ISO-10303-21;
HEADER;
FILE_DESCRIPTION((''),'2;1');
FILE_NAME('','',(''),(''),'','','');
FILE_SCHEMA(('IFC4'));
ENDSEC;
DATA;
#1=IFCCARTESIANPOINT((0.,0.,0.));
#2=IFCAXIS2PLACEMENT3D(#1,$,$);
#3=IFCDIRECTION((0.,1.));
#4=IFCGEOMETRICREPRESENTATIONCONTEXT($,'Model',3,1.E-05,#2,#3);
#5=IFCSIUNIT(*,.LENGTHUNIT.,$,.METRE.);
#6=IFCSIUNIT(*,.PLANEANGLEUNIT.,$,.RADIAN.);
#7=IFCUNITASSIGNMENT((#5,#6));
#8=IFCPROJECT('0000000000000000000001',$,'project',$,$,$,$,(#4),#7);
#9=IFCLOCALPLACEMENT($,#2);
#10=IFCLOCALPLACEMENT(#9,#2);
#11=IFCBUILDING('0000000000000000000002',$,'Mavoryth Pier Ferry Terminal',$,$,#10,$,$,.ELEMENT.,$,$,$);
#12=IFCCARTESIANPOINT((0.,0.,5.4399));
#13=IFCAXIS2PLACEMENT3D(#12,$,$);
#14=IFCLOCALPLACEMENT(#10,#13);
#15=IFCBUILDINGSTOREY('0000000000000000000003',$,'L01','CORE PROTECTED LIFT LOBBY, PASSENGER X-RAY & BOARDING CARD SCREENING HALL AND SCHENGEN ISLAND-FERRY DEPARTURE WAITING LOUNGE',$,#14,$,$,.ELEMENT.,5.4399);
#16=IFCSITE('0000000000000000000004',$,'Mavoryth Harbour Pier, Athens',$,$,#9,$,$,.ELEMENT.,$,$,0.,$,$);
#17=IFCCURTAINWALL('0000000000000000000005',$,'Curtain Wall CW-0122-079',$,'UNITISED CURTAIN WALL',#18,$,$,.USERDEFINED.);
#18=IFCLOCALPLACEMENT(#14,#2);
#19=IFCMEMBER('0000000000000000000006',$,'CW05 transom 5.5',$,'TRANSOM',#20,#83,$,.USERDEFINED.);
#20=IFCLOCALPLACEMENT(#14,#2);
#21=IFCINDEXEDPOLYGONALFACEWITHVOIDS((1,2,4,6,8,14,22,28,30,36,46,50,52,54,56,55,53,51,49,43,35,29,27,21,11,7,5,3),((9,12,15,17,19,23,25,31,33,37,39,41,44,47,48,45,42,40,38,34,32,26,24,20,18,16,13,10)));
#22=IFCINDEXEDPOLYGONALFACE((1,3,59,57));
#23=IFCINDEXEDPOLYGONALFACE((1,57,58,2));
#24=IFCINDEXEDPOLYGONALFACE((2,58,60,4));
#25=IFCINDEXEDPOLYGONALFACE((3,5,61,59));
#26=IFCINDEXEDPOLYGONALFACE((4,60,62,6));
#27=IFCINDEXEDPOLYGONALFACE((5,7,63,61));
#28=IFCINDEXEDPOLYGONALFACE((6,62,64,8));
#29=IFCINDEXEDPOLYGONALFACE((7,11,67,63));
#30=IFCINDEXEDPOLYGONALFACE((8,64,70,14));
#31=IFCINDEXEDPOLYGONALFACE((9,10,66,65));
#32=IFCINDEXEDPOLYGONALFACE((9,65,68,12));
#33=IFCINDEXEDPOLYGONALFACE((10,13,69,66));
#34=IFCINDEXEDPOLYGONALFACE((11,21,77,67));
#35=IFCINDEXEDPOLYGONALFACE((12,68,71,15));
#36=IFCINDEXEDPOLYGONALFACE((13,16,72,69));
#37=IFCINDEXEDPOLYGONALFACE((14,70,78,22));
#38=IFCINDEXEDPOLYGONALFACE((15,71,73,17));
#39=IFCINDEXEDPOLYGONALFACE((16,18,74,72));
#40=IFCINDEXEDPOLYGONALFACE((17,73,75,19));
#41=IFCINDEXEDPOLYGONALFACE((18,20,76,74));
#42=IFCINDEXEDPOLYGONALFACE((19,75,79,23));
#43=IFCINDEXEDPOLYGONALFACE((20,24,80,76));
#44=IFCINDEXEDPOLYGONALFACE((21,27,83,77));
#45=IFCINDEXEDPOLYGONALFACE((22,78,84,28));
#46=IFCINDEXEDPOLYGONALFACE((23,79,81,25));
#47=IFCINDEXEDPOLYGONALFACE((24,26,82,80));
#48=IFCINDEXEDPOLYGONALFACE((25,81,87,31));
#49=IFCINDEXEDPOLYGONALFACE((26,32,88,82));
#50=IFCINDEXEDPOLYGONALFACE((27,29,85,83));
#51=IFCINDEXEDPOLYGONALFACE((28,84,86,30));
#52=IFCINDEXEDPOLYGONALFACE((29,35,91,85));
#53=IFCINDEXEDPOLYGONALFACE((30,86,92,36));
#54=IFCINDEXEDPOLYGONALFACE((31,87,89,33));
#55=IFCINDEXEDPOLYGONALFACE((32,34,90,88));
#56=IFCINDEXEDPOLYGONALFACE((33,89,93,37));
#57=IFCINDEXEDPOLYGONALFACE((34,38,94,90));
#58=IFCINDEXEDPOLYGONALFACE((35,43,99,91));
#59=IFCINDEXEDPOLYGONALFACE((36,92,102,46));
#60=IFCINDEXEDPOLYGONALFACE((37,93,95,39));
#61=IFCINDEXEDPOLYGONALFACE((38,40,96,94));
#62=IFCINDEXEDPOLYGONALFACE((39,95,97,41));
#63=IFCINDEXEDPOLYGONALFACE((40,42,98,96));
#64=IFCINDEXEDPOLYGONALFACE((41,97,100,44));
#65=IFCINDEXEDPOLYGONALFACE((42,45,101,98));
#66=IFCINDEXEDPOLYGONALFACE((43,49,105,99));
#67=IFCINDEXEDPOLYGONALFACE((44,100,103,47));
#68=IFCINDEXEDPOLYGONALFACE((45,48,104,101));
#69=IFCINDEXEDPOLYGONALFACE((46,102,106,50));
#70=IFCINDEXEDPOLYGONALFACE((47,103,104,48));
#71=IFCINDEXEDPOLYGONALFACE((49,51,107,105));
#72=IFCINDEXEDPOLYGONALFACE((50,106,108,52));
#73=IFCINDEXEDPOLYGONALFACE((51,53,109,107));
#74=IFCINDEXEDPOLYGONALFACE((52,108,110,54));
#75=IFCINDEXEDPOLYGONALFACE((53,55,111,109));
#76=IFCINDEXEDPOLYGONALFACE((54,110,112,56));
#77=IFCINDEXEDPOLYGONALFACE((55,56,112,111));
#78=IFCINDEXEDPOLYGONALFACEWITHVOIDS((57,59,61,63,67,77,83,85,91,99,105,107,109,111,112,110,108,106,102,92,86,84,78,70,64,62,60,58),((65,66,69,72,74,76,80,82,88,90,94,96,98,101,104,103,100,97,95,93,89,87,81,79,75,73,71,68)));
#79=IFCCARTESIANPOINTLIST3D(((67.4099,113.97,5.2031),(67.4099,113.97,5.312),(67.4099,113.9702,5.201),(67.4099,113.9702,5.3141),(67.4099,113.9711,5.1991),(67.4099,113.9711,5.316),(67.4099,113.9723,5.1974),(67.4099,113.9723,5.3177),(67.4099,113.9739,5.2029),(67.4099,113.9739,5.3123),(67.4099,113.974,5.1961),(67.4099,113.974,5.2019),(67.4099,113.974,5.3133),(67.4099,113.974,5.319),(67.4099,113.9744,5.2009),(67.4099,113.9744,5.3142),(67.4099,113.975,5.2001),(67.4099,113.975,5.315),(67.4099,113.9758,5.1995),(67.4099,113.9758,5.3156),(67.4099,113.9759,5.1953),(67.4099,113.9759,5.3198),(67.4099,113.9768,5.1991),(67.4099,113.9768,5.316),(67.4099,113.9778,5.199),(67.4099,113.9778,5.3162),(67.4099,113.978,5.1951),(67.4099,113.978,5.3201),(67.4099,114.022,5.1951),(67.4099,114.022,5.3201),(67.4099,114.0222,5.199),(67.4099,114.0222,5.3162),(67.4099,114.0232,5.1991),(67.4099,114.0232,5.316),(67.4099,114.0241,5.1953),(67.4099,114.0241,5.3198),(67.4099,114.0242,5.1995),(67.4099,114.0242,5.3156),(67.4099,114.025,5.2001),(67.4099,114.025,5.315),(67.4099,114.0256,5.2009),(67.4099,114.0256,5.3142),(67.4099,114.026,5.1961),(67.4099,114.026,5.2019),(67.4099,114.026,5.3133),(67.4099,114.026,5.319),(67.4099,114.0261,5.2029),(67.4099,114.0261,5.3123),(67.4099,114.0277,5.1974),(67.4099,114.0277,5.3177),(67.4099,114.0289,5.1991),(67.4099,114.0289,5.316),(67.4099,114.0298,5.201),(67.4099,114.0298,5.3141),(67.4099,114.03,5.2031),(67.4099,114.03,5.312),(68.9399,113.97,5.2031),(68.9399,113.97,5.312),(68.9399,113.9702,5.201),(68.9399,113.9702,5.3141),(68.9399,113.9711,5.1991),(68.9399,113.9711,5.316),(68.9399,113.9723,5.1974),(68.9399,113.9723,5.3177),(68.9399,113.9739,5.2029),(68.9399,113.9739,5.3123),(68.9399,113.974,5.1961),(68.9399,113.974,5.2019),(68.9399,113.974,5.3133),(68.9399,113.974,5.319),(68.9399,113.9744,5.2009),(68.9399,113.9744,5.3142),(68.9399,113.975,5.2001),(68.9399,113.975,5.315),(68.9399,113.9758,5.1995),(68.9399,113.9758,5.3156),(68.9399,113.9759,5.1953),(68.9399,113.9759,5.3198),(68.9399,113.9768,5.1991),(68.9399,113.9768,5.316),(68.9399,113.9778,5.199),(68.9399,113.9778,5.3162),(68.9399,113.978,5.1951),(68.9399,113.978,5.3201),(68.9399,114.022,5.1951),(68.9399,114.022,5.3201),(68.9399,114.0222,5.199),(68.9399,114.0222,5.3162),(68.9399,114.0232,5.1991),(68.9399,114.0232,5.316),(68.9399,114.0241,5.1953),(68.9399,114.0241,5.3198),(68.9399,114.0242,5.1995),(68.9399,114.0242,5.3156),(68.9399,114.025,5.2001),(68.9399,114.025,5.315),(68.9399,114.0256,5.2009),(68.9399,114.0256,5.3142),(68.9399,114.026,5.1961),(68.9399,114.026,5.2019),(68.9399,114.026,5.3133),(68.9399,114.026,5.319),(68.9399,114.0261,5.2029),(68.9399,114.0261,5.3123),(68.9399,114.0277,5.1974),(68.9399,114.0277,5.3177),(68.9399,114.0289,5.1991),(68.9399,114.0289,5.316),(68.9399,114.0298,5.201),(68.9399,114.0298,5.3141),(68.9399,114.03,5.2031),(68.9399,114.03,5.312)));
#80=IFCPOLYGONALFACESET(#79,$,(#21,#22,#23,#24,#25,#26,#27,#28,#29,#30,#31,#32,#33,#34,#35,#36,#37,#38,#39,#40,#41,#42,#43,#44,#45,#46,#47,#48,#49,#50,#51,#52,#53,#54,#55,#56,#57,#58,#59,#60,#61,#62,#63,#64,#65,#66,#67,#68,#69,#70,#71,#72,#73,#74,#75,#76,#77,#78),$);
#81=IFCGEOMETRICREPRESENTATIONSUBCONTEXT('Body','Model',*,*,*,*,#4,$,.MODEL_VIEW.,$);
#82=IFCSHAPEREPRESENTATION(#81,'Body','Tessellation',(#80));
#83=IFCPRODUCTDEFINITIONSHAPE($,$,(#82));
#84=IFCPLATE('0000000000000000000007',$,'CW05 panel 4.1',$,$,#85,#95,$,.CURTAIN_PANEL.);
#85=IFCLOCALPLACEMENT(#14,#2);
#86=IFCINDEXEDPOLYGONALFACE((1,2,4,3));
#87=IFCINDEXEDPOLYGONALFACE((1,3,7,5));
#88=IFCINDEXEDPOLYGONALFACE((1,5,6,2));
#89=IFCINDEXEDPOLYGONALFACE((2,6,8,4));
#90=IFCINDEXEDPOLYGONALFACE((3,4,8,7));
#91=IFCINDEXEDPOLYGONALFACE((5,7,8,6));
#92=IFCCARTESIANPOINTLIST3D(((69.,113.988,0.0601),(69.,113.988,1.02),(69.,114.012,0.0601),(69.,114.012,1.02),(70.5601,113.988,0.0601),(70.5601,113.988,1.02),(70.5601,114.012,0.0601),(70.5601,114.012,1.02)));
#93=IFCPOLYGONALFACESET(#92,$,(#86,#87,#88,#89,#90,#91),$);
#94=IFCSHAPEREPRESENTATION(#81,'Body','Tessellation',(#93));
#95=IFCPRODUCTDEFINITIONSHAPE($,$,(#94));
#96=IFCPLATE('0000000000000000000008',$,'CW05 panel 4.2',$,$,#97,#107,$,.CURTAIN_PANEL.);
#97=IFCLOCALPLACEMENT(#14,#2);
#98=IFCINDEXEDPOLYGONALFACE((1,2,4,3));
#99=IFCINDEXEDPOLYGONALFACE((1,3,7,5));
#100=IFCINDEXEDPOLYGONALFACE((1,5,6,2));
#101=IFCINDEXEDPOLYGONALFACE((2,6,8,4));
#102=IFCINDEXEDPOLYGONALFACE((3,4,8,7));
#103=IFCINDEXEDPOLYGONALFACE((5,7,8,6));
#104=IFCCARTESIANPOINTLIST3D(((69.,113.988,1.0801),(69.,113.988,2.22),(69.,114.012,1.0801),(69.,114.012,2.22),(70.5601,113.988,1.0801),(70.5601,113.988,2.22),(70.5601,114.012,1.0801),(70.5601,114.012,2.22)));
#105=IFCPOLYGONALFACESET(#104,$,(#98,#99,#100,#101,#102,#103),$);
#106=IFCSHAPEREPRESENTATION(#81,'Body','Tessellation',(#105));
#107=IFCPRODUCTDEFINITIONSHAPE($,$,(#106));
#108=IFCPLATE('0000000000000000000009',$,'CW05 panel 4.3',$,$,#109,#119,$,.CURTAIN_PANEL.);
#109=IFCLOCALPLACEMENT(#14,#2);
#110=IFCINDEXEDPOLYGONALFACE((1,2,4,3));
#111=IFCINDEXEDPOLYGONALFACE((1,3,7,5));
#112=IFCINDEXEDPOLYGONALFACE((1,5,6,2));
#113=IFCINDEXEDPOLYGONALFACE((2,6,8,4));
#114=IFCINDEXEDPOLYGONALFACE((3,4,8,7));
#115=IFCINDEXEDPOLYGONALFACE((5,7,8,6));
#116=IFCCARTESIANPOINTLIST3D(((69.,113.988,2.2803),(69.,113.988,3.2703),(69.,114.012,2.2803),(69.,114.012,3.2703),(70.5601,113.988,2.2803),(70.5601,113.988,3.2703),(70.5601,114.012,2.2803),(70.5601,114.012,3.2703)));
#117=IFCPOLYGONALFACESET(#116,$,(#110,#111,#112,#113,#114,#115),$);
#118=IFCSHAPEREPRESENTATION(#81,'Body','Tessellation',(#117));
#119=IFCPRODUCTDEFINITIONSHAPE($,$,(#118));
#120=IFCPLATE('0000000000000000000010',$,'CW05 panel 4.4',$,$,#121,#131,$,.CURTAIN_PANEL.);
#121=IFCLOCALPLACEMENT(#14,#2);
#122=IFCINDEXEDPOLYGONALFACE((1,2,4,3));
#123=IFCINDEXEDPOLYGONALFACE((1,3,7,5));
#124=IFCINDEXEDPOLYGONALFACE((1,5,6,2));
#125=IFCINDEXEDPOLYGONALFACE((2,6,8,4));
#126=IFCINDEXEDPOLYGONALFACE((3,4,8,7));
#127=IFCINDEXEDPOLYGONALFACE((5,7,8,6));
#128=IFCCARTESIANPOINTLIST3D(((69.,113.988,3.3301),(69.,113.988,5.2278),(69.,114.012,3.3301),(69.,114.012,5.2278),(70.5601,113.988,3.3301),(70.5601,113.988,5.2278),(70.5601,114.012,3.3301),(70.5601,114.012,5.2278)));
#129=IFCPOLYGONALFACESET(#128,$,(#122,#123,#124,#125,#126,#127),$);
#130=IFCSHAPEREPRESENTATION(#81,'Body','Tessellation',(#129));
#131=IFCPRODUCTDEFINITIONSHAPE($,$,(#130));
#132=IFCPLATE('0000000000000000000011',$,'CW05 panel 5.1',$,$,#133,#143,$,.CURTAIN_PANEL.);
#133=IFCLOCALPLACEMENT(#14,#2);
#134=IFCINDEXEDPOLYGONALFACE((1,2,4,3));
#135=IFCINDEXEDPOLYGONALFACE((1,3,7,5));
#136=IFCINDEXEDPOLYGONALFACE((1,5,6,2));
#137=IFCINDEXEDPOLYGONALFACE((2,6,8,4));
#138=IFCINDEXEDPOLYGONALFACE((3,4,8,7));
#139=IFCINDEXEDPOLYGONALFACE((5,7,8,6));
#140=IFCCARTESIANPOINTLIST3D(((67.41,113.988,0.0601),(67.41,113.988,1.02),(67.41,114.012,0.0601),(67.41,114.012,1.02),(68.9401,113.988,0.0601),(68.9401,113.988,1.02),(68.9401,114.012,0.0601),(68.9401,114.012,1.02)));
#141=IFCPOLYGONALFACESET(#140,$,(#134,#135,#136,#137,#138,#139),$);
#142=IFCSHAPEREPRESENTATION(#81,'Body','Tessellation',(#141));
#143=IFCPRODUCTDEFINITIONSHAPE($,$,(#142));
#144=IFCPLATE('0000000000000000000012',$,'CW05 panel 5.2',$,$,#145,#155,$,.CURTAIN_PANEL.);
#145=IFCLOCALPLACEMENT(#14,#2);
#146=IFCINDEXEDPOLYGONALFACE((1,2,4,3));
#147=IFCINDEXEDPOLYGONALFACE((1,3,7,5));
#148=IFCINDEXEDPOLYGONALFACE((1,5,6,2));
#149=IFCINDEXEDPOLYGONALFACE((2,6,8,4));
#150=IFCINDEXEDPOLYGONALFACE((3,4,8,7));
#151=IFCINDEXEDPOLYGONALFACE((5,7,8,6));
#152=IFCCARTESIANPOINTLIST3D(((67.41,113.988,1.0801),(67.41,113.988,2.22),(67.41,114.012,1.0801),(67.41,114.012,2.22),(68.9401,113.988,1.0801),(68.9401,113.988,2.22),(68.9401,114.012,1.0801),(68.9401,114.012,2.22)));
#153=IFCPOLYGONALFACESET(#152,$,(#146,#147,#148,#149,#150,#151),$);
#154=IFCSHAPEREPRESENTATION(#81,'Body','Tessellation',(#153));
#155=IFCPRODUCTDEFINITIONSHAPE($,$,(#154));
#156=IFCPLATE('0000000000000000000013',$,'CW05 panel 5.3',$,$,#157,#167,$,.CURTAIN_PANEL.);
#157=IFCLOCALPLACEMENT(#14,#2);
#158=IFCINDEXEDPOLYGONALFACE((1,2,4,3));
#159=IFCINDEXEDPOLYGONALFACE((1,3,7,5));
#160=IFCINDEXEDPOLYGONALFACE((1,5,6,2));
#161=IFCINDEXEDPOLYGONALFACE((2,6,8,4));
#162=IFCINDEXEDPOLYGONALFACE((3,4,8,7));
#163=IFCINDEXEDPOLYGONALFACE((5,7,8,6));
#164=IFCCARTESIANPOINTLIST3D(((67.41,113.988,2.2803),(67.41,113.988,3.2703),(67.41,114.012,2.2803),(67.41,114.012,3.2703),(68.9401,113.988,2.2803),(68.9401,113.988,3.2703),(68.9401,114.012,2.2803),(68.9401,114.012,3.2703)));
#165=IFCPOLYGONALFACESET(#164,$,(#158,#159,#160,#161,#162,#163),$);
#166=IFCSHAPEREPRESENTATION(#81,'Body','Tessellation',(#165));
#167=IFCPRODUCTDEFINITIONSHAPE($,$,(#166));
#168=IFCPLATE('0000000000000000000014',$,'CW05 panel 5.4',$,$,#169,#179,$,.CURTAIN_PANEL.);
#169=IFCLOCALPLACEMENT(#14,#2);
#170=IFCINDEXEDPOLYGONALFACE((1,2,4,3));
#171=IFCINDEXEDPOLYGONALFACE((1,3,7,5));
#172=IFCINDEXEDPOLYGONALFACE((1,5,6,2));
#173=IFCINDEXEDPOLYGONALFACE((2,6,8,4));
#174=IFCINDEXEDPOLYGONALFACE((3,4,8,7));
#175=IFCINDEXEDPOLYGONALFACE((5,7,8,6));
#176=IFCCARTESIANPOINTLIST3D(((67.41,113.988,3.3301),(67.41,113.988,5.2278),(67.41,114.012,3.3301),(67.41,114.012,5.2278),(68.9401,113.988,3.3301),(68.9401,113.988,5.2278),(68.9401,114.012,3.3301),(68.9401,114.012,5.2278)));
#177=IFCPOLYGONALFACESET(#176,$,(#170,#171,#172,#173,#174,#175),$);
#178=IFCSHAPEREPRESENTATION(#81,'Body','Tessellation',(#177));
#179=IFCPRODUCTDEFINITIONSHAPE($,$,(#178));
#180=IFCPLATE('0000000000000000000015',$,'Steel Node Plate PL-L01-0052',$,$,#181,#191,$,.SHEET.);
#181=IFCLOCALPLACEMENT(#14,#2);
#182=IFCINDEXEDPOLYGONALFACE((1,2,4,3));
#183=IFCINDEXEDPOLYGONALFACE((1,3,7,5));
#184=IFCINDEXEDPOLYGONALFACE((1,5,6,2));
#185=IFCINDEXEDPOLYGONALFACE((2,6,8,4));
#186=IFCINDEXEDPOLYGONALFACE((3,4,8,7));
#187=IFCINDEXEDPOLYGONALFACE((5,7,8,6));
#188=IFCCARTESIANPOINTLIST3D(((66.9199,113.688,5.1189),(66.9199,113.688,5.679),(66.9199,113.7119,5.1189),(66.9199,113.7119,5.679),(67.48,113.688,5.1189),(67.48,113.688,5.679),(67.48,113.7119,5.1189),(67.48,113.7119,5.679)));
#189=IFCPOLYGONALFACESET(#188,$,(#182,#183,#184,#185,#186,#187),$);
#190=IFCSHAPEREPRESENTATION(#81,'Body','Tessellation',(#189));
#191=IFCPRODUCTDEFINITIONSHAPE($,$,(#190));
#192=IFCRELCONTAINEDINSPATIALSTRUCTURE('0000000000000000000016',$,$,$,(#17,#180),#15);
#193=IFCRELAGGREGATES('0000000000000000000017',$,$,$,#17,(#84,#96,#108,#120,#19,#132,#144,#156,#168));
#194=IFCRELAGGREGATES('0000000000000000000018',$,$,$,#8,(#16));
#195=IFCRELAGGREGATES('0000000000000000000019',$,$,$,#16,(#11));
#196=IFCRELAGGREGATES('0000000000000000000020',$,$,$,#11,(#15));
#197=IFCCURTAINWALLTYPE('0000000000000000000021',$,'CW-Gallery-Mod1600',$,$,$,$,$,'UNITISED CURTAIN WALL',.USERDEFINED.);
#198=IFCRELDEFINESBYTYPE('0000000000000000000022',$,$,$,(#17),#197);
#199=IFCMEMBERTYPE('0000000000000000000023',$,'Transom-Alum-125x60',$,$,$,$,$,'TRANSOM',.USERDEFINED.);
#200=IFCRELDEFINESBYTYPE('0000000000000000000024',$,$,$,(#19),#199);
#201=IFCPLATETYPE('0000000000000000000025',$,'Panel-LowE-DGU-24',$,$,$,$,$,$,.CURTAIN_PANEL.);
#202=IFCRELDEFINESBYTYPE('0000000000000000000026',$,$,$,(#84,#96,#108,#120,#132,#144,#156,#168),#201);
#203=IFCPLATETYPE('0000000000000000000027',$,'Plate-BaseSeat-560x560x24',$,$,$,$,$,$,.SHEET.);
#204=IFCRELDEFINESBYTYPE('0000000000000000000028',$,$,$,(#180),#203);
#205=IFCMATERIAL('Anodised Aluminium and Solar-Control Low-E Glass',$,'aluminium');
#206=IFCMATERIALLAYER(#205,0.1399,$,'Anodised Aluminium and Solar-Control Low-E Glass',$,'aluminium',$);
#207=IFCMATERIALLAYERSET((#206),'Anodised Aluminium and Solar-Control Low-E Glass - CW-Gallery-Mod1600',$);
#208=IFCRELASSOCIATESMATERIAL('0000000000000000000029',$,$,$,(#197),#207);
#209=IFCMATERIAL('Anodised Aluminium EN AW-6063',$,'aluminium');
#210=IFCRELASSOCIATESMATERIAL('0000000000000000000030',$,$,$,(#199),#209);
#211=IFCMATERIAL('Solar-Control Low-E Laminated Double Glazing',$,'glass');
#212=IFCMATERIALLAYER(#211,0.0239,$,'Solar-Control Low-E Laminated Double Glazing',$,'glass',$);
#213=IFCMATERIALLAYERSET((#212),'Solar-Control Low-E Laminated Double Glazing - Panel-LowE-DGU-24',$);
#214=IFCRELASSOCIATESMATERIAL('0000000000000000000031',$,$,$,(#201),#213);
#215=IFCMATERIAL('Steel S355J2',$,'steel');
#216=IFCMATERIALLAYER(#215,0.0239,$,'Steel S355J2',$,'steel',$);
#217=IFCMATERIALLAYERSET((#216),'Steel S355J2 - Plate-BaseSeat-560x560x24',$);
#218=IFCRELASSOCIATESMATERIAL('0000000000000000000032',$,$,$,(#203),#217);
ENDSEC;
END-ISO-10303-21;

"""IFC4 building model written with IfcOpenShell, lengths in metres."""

from ifc_helpers import new_model, si_unit, direction, frame, origin, origin_2d, place, context, subcontext, project, spatial, rectangle, hollow_rectangle, extrude, material, layer, layer_set, material_profile, profile_set, type_object, element, aggregate, save


model = new_model("IFC4")

# Units and contexts
model_context = context("Model", 3, precision=1e-05, world=origin(), true_north=direction((0.0, 1.0)))
body_context = subcontext(model_context, "Body", "Model", "MODEL_VIEW")
ifc_project = project(units=[si_unit("LENGTHUNIT", "METRE"), si_unit("PLANEANGLEUNIT", "RADIAN")], contexts=[model_context])

# Site, building, storey
site_placement = place(None, origin())
site = spatial("IfcSite", under=ifc_project, at=site_placement, Name="Mavoryth Harbour Pier, Athens", CompositionType="ELEMENT", RefElevation=0.0)
building_placement = place(site_placement, origin())
building = spatial("IfcBuilding", under=site, at=building_placement, Name="Mavoryth Pier Ferry Terminal", CompositionType="ELEMENT")
storey_placement = place(building_placement, frame((0.0, 0.0, 5.4399)))
storey = spatial("IfcBuildingStorey", under=building, at=storey_placement, Name="L01", Description="CORE PROTECTED LIFT LOBBY, PASSENGER X-RAY & BOARDING CARD SCREENING HALL AND SCHENGEN ISLAND-FERRY DEPARTURE WAITING LOUNGE", CompositionType="ELEMENT", Elevation=5.4399)

# Shared definitions
ifc_material_1 = material(Name="Steel S355J2", Category="steel")

# Curtain wall
ifc_material_2 = material(Name="Anodised Aluminium and Solar-Control Low-E Glass", Category="aluminium")
ifc_layer_1 = layer(ifc_material_2, 0.1399, Name="Anodised Aluminium and Solar-Control Low-E Glass", Category="aluminium")
ifc_layer_set_1 = layer_set([ifc_layer_1], Name="Anodised Aluminium and Solar-Control Low-E Glass - CW-Gallery-Mod1600")
curtain_wall_type = type_object("IfcCurtainWallType", Name="CW-Gallery-Mod1600", ElementType="UNITISED CURTAIN WALL", PredefinedType="USERDEFINED", material=ifc_layer_set_1)
curtain_wall_placement = place(storey_placement, origin())
curtain_wall = element("IfcCurtainWall", 1, at=curtain_wall_placement, inside=storey, type_object=curtain_wall_type, Name="Curtain Wall CW-0122-079", ObjectType="UNITISED CURTAIN WALL", PredefinedType="USERDEFINED")
ifc_material_3 = material(Name="Anodised Aluminium EN AW-6063", Category="aluminium")

# Member
ifc_material_profile_1 = material_profile(ifc_material_3, hollow_rectangle(XDim=0.0601, YDim=0.125, WallThickness=0.0039, InnerFilletRadius=0.0039, OuterFilletRadius=0.0081, at=origin_2d()), Name="AL-TRAN 125x60x4", Category="aluminium")
ifc_profile_set_1 = profile_set([ifc_material_profile_1], Name="Anodised Aluminium EN AW-6063 - AL-TRAN 125x60x4")
member_type_1 = type_object("IfcMemberType", Name="Transom-Alum-125x60", ElementType="TRANSOM", PredefinedType="USERDEFINED", material=ifc_profile_set_1)
member_1_placement = place(storey_placement, frame((68.9399, 114.0, 5.2576), z_axis=(-1.0, 0.0, 0.0), x_axis=(0.0, -1.0, 0.0)))
member_1 = element("IfcMember", 2, at=member_1_placement, type_object=member_type_1, Name="CW05 transom 5.5", ObjectType="TRANSOM", PredefinedType="USERDEFINED", context=body_context, shape_type="SweptSolid", body=[
    extrude(hollow_rectangle(XDim=0.0601, YDim=0.125, WallThickness=0.0039, InnerFilletRadius=0.0039, OuterFilletRadius=0.0081, at=origin_2d()), origin(), (0.0, 0.0, 1.0), 1.53),
])

# Plates
ifc_material_4 = material(Name="Solar-Control Low-E Laminated Double Glazing", Category="glass")
ifc_layer_2 = layer(ifc_material_4, 0.0239, Name="Solar-Control Low-E Laminated Double Glazing", Category="glass")
ifc_layer_set_2 = layer_set([ifc_layer_2], Name="Solar-Control Low-E Laminated Double Glazing - Panel-LowE-DGU-24")
plate_type_1 = type_object("IfcPlateType", Name="Panel-LowE-DGU-24", PredefinedType="CURTAIN_PANEL", material=ifc_layer_set_2)
plate_1_placement = place(storey_placement, frame((69.78, 114.0, 0.0601), z_axis=(0.0, 0.0, 1.0), x_axis=(-1.0, 0.0, 0.0)))
plate_1 = element("IfcPlate", 3, at=plate_1_placement, type_object=plate_type_1, Name="CW05 panel 4.1", PredefinedType="CURTAIN_PANEL", context=body_context, shape_type="SweptSolid", body=[
    extrude(rectangle(XDim=1.5601, YDim=0.0239, at=origin_2d()), origin(), (0.0, 0.0, 1.0), 0.96),
])
plate_2_placement = place(storey_placement, frame((69.78, 114.0, 1.0801), z_axis=(0.0, 0.0, 1.0), x_axis=(-1.0, 0.0, 0.0)))
plate_2 = element("IfcPlate", 4, at=plate_2_placement, type_object=plate_type_1, Name="CW05 panel 4.2", PredefinedType="CURTAIN_PANEL", context=body_context, shape_type="SweptSolid", body=[
    extrude(rectangle(XDim=1.5601, YDim=0.0239, at=origin_2d()), origin(), (0.0, 0.0, 1.0), 1.1399),
])
plate_3_placement = place(storey_placement, frame((69.78, 114.0, 2.2803), z_axis=(0.0, 0.0, 1.0), x_axis=(-1.0, 0.0, 0.0)))
plate_3 = element("IfcPlate", 5, at=plate_3_placement, type_object=plate_type_1, Name="CW05 panel 4.3", PredefinedType="CURTAIN_PANEL", context=body_context, shape_type="SweptSolid", body=[
    extrude(rectangle(XDim=1.5601, YDim=0.0239, at=origin_2d()), origin(), (0.0, 0.0, 1.0), 0.99),
])
plate_4_placement = place(storey_placement, frame((69.78, 114.0, 3.3301), z_axis=(0.0, 0.0, 1.0), x_axis=(-1.0, 0.0, 0.0)))
plate_4 = element("IfcPlate", 6, at=plate_4_placement, type_object=plate_type_1, Name="CW05 panel 4.4", PredefinedType="CURTAIN_PANEL", context=body_context, shape_type="SweptSolid", body=[
    extrude(rectangle(XDim=1.5601, YDim=0.0239, at=origin_2d()), origin(), (0.0, 0.0, 1.0), 1.8977),
])
plate_5_placement = place(storey_placement, frame((68.175, 114.0, 0.0601), z_axis=(0.0, 0.0, 1.0), x_axis=(-1.0, 0.0, 0.0)))
plate_5 = element("IfcPlate", 7, at=plate_5_placement, type_object=plate_type_1, Name="CW05 panel 5.1", PredefinedType="CURTAIN_PANEL", context=body_context, shape_type="SweptSolid", body=[
    extrude(rectangle(XDim=1.53, YDim=0.0239, at=origin_2d()), origin(), (0.0, 0.0, 1.0), 0.96),
])
plate_6_placement = place(storey_placement, frame((68.175, 114.0, 1.0801), z_axis=(0.0, 0.0, 1.0), x_axis=(-1.0, 0.0, 0.0)))
plate_6 = element("IfcPlate", 8, at=plate_6_placement, type_object=plate_type_1, Name="CW05 panel 5.2", PredefinedType="CURTAIN_PANEL", context=body_context, shape_type="SweptSolid", body=[
    extrude(rectangle(XDim=1.53, YDim=0.0239, at=origin_2d()), origin(), (0.0, 0.0, 1.0), 1.1399),
])
plate_7_placement = place(storey_placement, frame((68.175, 114.0, 2.2803), z_axis=(0.0, 0.0, 1.0), x_axis=(-1.0, 0.0, 0.0)))
plate_7 = element("IfcPlate", 9, at=plate_7_placement, type_object=plate_type_1, Name="CW05 panel 5.3", PredefinedType="CURTAIN_PANEL", context=body_context, shape_type="SweptSolid", body=[
    extrude(rectangle(XDim=1.53, YDim=0.0239, at=origin_2d()), origin(), (0.0, 0.0, 1.0), 0.99),
])
plate_8_placement = place(storey_placement, frame((68.175, 114.0, 3.3301), z_axis=(0.0, 0.0, 1.0), x_axis=(-1.0, 0.0, 0.0)))
plate_8 = element("IfcPlate", 10, at=plate_8_placement, type_object=plate_type_1, Name="CW05 panel 5.4", PredefinedType="CURTAIN_PANEL", context=body_context, shape_type="SweptSolid", body=[
    extrude(rectangle(XDim=1.53, YDim=0.0239, at=origin_2d()), origin(), (0.0, 0.0, 1.0), 1.8977),
])
aggregate(curtain_wall, [plate_1, plate_2, plate_3, plate_4, member_1, plate_5, plate_6, plate_7, plate_8])
ifc_layer_3 = layer(ifc_material_1, 0.0239, Name="Steel S355J2", Category="steel")
ifc_layer_set_3 = layer_set([ifc_layer_3], Name="Steel S355J2 - Plate-BaseSeat-560x560x24")
plate_type_2 = type_object("IfcPlateType", Name="Plate-BaseSeat-560x560x24", PredefinedType="SHEET", material=ifc_layer_set_3)
plate_9_placement = place(storey_placement, frame((67.2, 113.7, 5.1189), z_axis=(0.0, 0.0, 1.0), x_axis=(1.0, 0.0, 0.0)))
element("IfcPlate", 11, at=plate_9_placement, inside=storey, type_object=plate_type_2, Name="Steel Node Plate PL-L01-0052", PredefinedType="SHEET", context=body_context, shape_type="SweptSolid", body=[
    extrude(rectangle(XDim=0.5601, YDim=0.0239, at=origin_2d()), origin(), (0.0, 0.0, 1.0), 0.5601),
])

save(model, "model.ifc")
